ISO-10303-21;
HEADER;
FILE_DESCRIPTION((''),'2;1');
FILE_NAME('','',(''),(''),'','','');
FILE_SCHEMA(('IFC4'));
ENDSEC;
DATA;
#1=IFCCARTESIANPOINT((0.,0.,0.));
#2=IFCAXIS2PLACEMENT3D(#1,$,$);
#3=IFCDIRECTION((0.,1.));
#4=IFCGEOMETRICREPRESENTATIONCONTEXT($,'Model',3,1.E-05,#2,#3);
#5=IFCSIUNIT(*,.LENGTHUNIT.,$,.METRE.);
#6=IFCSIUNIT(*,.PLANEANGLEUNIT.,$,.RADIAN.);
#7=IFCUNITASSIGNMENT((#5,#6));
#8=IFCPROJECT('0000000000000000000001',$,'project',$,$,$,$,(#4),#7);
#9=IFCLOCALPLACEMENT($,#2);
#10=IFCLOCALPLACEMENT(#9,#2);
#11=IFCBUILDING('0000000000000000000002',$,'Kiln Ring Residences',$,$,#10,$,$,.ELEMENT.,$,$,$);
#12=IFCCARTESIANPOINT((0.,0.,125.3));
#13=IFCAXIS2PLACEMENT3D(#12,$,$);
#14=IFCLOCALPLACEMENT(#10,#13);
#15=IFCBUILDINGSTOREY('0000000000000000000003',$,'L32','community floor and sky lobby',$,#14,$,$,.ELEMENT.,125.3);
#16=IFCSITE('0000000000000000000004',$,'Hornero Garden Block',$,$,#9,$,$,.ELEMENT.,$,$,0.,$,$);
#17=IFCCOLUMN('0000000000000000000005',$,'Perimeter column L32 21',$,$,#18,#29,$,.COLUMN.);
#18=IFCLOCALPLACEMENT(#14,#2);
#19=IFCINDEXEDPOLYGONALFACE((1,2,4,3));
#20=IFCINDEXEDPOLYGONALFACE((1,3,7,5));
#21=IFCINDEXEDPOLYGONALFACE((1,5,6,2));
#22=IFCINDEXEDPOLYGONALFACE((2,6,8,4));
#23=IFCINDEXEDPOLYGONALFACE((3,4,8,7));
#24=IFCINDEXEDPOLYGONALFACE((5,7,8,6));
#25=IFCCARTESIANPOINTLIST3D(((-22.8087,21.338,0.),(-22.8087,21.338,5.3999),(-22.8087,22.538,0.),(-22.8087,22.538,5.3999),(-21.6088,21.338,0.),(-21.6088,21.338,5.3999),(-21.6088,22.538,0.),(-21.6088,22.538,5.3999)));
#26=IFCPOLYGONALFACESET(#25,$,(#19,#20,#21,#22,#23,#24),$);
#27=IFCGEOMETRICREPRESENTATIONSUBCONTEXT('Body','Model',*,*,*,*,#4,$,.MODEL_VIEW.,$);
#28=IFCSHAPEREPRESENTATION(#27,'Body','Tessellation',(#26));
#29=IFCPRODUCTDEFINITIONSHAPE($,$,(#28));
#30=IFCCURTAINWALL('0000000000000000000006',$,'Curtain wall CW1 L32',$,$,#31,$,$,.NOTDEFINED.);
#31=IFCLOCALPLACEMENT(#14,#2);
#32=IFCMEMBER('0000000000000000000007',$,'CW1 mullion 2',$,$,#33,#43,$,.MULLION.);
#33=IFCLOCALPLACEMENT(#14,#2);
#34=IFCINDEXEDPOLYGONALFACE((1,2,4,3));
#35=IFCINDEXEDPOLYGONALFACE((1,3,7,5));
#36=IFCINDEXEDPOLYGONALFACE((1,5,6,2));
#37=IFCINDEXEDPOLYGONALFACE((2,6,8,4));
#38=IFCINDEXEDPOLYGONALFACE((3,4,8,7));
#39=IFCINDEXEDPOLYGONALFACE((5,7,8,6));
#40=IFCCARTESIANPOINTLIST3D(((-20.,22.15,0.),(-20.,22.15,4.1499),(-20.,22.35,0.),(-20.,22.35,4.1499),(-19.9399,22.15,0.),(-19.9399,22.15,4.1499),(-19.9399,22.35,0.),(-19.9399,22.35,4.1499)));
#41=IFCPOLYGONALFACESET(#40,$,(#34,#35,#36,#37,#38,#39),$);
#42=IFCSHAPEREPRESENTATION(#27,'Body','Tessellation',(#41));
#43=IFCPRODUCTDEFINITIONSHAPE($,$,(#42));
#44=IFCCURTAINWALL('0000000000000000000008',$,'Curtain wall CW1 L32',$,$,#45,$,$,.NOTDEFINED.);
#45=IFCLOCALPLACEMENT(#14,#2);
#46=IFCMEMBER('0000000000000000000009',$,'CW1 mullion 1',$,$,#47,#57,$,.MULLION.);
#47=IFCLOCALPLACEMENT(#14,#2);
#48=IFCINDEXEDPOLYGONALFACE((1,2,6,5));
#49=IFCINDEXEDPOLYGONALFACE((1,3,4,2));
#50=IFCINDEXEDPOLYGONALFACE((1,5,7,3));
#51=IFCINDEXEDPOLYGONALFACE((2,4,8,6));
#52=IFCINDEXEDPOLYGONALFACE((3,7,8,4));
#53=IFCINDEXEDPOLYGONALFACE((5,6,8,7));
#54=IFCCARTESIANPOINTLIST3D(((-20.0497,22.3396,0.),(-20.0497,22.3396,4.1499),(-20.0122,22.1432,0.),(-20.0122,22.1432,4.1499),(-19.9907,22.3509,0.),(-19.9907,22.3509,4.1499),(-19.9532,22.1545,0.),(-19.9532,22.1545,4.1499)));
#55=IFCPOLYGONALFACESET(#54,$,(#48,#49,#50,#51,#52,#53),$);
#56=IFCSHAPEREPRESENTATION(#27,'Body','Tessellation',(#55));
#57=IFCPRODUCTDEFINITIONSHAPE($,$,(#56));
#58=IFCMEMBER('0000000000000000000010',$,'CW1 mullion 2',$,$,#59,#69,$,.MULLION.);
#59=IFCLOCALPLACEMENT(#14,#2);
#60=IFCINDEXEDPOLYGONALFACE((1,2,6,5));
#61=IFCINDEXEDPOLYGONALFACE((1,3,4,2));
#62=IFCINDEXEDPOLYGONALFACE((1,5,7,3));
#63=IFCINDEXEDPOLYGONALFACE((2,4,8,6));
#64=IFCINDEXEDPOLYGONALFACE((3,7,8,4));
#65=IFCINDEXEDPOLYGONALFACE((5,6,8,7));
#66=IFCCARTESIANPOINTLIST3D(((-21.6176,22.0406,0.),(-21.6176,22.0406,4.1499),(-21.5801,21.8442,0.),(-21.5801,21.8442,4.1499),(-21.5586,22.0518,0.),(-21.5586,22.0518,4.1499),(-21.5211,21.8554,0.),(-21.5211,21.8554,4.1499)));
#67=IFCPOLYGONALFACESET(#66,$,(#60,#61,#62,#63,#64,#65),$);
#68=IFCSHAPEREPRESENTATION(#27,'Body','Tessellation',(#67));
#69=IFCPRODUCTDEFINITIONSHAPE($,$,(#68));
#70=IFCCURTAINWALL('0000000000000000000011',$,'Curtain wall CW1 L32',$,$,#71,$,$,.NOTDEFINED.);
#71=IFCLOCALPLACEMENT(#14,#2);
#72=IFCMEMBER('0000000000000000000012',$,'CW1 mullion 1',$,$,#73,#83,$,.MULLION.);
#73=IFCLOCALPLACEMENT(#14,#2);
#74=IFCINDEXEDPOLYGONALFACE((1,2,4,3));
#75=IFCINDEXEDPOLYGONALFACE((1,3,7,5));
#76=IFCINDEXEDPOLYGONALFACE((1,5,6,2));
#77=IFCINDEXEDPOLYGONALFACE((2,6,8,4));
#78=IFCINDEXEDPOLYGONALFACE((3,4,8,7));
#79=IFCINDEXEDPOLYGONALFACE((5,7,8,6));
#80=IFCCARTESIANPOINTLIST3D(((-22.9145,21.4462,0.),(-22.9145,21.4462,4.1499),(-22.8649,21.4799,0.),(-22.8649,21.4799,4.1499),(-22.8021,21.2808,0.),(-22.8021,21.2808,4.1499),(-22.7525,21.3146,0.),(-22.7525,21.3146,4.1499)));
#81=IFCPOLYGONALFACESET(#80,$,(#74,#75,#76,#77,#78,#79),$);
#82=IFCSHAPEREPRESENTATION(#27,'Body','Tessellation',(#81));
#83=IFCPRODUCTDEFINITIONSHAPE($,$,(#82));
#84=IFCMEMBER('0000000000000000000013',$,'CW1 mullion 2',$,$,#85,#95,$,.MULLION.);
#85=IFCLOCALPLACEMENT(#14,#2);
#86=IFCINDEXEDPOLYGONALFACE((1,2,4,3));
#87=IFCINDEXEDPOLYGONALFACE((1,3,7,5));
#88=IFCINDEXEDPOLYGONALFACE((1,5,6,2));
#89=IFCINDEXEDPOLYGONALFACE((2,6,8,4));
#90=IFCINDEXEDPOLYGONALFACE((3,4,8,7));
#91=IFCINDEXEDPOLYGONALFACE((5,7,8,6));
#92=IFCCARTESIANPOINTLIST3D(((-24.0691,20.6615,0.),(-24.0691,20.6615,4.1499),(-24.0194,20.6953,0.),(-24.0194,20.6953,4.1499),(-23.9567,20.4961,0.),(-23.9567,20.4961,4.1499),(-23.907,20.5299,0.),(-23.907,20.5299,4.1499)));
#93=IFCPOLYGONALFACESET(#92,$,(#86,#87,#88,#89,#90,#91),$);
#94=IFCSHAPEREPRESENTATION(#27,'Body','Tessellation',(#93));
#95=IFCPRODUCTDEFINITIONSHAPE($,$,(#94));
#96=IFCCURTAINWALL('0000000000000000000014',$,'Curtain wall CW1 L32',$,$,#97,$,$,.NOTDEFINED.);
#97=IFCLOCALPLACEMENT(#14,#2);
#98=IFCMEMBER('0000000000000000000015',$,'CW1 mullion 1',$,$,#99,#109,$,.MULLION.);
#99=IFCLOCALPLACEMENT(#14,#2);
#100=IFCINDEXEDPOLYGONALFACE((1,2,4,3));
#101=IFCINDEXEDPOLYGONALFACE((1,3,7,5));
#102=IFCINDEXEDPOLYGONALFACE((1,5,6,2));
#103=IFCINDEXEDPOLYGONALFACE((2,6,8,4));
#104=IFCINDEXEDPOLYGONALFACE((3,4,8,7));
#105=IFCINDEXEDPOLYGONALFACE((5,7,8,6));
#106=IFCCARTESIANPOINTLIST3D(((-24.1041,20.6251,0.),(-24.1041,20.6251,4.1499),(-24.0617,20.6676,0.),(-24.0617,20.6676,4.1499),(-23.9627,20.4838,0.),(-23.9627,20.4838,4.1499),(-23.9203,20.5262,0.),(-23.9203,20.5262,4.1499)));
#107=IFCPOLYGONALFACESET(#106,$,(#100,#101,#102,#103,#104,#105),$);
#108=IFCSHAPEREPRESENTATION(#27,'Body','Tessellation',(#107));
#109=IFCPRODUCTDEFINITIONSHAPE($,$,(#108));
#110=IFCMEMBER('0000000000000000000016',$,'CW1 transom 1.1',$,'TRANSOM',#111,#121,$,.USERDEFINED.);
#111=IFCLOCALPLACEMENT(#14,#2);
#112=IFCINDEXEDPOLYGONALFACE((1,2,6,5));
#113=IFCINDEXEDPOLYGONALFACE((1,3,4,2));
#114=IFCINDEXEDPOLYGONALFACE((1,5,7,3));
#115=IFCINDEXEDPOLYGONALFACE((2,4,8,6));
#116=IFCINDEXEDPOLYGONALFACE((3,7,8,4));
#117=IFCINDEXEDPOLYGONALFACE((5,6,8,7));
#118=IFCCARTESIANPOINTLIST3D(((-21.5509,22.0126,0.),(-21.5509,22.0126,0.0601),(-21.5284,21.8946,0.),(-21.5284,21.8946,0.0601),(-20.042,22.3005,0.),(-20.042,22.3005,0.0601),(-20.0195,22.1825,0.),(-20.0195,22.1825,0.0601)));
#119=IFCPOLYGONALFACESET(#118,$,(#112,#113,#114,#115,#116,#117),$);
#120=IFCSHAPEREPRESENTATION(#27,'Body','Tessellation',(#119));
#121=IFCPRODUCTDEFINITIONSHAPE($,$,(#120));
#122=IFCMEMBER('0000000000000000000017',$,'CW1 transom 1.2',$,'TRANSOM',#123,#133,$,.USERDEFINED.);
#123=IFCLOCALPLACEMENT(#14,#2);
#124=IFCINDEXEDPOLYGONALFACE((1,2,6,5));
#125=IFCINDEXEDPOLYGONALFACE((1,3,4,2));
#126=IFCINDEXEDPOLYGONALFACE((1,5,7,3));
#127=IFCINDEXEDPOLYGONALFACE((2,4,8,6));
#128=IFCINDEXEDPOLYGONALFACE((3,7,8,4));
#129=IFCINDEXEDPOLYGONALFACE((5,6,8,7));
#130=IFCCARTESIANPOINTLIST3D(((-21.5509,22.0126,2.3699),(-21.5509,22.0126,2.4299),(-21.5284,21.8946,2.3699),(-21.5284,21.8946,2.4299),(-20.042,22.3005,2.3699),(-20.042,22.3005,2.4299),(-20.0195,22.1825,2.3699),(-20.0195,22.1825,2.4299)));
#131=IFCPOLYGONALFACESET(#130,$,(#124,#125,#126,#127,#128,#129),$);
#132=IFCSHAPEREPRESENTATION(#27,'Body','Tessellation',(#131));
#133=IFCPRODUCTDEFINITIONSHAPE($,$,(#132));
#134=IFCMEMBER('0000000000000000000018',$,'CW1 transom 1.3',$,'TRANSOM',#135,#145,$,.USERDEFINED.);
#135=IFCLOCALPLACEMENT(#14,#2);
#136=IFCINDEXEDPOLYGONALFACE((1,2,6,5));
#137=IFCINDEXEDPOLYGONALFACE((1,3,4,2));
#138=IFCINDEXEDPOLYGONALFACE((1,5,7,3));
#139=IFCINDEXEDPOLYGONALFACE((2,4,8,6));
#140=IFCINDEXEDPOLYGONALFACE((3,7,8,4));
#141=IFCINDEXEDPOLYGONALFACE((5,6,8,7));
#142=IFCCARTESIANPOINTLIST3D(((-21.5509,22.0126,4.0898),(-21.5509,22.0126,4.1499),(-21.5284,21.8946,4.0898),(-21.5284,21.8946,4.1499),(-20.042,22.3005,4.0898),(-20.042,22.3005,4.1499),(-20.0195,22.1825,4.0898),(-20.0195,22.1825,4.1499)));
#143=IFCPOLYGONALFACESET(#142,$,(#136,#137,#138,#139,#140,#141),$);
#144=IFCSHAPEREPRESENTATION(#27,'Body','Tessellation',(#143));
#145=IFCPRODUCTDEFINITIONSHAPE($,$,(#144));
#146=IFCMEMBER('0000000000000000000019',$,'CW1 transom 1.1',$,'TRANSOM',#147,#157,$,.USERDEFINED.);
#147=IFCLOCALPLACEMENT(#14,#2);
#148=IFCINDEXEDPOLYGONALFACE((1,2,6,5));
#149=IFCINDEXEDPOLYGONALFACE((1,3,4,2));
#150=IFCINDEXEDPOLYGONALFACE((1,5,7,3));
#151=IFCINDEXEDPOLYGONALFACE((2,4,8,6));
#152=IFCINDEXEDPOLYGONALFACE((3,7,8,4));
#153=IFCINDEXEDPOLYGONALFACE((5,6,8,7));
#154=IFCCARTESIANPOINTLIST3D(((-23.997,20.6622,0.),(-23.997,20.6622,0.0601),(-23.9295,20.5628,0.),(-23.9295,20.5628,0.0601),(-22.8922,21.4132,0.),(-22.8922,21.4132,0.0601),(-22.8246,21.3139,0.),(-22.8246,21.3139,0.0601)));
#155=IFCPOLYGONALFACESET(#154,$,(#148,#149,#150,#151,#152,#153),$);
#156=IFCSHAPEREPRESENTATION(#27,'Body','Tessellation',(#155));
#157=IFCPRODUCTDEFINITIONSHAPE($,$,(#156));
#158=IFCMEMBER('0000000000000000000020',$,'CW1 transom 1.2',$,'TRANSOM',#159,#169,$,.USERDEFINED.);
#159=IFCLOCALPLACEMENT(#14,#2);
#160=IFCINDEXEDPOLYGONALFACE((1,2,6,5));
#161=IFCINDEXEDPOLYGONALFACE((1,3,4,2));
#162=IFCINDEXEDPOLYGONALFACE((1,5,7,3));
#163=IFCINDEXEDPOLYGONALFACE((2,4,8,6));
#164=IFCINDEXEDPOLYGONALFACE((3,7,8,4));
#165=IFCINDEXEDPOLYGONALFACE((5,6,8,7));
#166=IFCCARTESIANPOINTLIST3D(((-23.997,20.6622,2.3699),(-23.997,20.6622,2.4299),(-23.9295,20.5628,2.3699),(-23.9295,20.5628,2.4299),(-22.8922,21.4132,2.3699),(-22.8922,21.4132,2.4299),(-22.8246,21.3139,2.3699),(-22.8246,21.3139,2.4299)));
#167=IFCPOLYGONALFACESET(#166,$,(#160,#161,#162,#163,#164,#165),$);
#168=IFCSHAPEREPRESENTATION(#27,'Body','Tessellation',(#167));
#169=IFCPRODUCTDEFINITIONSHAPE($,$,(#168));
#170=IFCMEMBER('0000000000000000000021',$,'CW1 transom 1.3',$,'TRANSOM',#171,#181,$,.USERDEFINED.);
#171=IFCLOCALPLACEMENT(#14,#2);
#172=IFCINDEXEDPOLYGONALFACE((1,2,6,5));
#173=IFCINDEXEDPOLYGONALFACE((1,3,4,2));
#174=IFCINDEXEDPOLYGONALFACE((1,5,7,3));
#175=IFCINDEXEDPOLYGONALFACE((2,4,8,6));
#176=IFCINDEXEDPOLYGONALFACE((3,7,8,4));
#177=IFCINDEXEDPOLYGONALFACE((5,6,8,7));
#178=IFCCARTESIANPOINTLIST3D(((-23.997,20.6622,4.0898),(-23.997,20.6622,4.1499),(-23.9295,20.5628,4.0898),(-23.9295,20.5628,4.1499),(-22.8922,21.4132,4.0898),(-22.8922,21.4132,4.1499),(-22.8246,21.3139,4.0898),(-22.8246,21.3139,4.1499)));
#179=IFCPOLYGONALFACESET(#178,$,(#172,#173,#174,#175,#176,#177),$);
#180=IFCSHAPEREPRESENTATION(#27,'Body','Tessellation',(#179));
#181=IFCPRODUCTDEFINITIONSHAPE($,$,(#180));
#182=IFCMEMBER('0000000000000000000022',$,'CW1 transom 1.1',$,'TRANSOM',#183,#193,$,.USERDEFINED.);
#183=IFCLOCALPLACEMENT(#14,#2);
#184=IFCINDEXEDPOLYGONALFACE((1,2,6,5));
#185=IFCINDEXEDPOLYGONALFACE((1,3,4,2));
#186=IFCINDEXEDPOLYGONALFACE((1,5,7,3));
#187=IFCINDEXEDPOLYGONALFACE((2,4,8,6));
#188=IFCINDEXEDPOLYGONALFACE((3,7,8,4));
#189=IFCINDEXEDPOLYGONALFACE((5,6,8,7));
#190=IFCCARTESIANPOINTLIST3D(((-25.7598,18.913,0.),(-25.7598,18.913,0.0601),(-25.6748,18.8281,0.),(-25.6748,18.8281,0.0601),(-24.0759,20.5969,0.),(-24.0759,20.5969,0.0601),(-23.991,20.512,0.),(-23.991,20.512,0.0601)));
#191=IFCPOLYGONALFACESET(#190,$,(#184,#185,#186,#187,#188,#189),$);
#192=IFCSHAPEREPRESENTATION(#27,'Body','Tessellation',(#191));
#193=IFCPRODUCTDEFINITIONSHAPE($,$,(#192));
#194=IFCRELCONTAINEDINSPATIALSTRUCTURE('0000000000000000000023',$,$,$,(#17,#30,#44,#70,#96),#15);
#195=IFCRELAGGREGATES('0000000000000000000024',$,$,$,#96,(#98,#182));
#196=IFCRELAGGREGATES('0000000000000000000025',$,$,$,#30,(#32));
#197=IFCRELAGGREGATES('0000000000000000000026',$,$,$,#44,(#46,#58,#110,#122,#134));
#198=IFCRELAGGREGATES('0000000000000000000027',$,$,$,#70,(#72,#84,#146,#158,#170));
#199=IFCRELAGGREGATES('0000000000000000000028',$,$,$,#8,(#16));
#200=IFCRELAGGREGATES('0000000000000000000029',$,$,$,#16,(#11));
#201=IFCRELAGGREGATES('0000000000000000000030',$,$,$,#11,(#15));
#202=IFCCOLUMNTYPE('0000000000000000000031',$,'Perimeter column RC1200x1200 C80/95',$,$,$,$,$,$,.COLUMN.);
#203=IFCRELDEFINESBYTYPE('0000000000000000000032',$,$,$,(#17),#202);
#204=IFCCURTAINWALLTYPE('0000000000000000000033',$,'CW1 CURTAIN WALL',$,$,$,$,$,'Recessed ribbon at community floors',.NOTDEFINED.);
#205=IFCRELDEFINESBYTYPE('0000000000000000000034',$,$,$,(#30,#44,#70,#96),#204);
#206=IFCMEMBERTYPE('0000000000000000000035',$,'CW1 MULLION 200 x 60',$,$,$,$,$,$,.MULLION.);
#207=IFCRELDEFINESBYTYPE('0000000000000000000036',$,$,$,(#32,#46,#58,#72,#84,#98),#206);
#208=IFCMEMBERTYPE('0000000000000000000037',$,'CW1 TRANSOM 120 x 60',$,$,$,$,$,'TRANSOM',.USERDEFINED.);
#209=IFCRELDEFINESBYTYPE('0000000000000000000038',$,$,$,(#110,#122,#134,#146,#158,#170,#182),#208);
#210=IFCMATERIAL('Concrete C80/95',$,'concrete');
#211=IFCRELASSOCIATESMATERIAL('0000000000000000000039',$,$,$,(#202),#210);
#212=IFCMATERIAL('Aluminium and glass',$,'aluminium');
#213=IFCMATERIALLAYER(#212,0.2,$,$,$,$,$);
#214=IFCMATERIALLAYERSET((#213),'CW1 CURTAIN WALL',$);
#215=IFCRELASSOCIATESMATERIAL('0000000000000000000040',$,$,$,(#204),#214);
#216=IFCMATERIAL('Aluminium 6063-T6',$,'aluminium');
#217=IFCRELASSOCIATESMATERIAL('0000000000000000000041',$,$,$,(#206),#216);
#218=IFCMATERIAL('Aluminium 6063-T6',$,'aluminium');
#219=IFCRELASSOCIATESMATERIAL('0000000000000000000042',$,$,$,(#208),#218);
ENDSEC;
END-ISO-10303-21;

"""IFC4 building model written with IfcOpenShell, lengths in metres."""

from ifc_helpers import new_model, si_unit, direction, frame, origin, origin_2d, place, context, subcontext, project, spatial, rectangle, extrude, material, layer, layer_set, material_profile, profile_set, type_object, element, aggregate, save


model = new_model("IFC4")

# Units and contexts
model_context = context("Model", 3, precision=1e-05, world=origin(), true_north=direction((0.0, 1.0)))
body_context = subcontext(model_context, "Body", "Model", "MODEL_VIEW")
ifc_project = project(units=[si_unit("LENGTHUNIT", "METRE"), si_unit("PLANEANGLEUNIT", "RADIAN")], contexts=[model_context])

# Site, building, storey
site_placement = place(None, origin())
site = spatial("IfcSite", under=ifc_project, at=site_placement, Name="Hornero Garden Block", CompositionType="ELEMENT", RefElevation=0.0)
building_placement = place(site_placement, origin())
building = spatial("IfcBuilding", under=site, at=building_placement, Name="Kiln Ring Residences", CompositionType="ELEMENT")
storey_placement = place(building_placement, frame((0.0, 0.0, 125.3)))
storey = spatial("IfcBuildingStorey", under=building, at=storey_placement, Name="L32", Description="community floor and sky lobby", CompositionType="ELEMENT", Elevation=125.3)

# Column
ifc_material_1 = material(Name="Concrete C80/95", Category="concrete")
ifc_material_profile_1 = material_profile(ifc_material_1, rectangle(XDim=1.2, YDim=1.2, at=origin_2d()), Name="RC1200x1200")
ifc_profile_set_1 = profile_set([ifc_material_profile_1], Name="Concrete C80/95")
column_type = type_object("IfcColumnType", Name="Perimeter column RC1200x1200 C80/95", PredefinedType="COLUMN", material=ifc_profile_set_1)
column_placement = place(storey_placement, frame((-22.2087, 21.938, 0.0), z_axis=(0.0, 0.0, 1.0), x_axis=(1.0, 0.0, 0.0)))
element("IfcColumn", 1, at=column_placement, inside=storey, type_object=column_type, Name="Perimeter column L32 21", PredefinedType="COLUMN", context=body_context, shape_type="SweptSolid", body=[
    extrude(rectangle(XDim=1.2, YDim=1.2, at=origin_2d()), origin(), (0.0, 0.0, 1.0), 5.3999),
])

# Curtain wall, member
ifc_material_2 = material(Name="Aluminium and glass", Category="aluminium")
ifc_layer_1 = layer(ifc_material_2, 0.2)
ifc_layer_set_1 = layer_set([ifc_layer_1], Name="CW1 CURTAIN WALL")
curtain_wall_type = type_object("IfcCurtainWallType", Name="CW1 CURTAIN WALL", ElementType="Recessed ribbon at community floors", PredefinedType="NOTDEFINED", material=ifc_layer_set_1)
placement = place(storey_placement, origin())
curtain_wall_1 = element("IfcCurtainWall", 2, at=placement, inside=storey, type_object=curtain_wall_type, Name="Curtain wall CW1 L32", PredefinedType="NOTDEFINED")
ifc_material_3 = material(Name="Aluminium 6063-T6", Category="aluminium")
ifc_material_profile_2 = material_profile(ifc_material_3, rectangle(XDim=0.2, YDim=0.0601, at=origin_2d()), Name="AL 200x60")
ifc_profile_set_2 = profile_set([ifc_material_profile_2], Name="Aluminium 6063-T6")
member_type_1 = type_object("IfcMemberType", Name="CW1 MULLION 200 x 60", PredefinedType="MULLION", material=ifc_profile_set_2)
member_1_placement = place(storey_placement, frame((-19.97, 22.25, 0.0), z_axis=(0.0, 0.0, 1.0), x_axis=(0.0, -1.0, 0.0)))
member_1 = element("IfcMember", 3, at=member_1_placement, type_object=member_type_1, Name="CW1 mullion 2", PredefinedType="MULLION", context=body_context, shape_type="SweptSolid", body=[
    extrude(rectangle(XDim=0.2, YDim=0.0601, at=origin_2d()), origin(), (0.0, 0.0, 1.0), 4.1499),
])

# Curtain walls, members
curtain_wall_2 = element("IfcCurtainWall", 4, at=placement, inside=storey, type_object=curtain_wall_type, Name="Curtain wall CW1 L32", PredefinedType="NOTDEFINED")
member_2_placement = place(storey_placement, frame((-20.0015, 22.2471, 0.0), z_axis=(0.0, 0.0, 1.0), x_axis=(0.187366, -0.98229, 0.0)))
member_2 = element("IfcMember", 5, at=member_2_placement, type_object=member_type_1, Name="CW1 mullion 1", PredefinedType="MULLION", context=body_context, shape_type="SweptSolid", body=[
    extrude(rectangle(XDim=0.2, YDim=0.0601, at=origin_2d()), origin(), (0.0, 0.0, 1.0), 4.1499),
])
member_3_placement = place(storey_placement, frame((-21.5693, 21.948, 0.0), z_axis=(0.0, 0.0, 1.0), x_axis=(0.187366, -0.98229, 0.0)))
member_3 = element("IfcMember", 6, at=member_3_placement, type_object=member_type_1, Name="CW1 mullion 2", PredefinedType="MULLION", context=body_context, shape_type="SweptSolid", body=[
    extrude(rectangle(XDim=0.2, YDim=0.0601, at=origin_2d()), origin(), (0.0, 0.0, 1.0), 4.1499),
])
curtain_wall_3 = element("IfcCurtainWall", 7, at=placement, inside=storey, type_object=curtain_wall_type, Name="Curtain wall CW1 L32", PredefinedType="NOTDEFINED")
member_4_placement = place(storey_placement, frame((-22.8335, 21.3804, 0.0), z_axis=(0.0, 0.0, 1.0), x_axis=(0.562097, -0.827072, 0.0)))
member_4 = element("IfcMember", 8, at=member_4_placement, type_object=member_type_1, Name="CW1 mullion 1", PredefinedType="MULLION", context=body_context, shape_type="SweptSolid", body=[
    extrude(rectangle(XDim=0.2, YDim=0.0601, at=origin_2d()), origin(), (0.0, 0.0, 1.0), 4.1499),
])
member_5_placement = place(storey_placement, frame((-23.988, 20.5957, 0.0), z_axis=(0.0, 0.0, 1.0), x_axis=(0.562097, -0.827072, 0.0)))
member_5 = element("IfcMember", 9, at=member_5_placement, type_object=member_type_1, Name="CW1 mullion 2", PredefinedType="MULLION", context=body_context, shape_type="SweptSolid", body=[
    extrude(rectangle(XDim=0.2, YDim=0.0601, at=origin_2d()), origin(), (0.0, 0.0, 1.0), 4.1499),
])

# Curtain wall, member
curtain_wall_4 = element("IfcCurtainWall", 10, at=placement, inside=storey, type_object=curtain_wall_type, Name="Curtain wall CW1 L32", PredefinedType="NOTDEFINED")
member_6_placement = place(storey_placement, frame((-24.0122, 20.5757, 0.0), z_axis=(0.0, 0.0, 1.0), x_axis=(0.707107, -0.707107, 0.0)))
member_6 = element("IfcMember", 11, at=member_6_placement, type_object=member_type_1, Name="CW1 mullion 1", PredefinedType="MULLION", context=body_context, shape_type="SweptSolid", body=[
    extrude(rectangle(XDim=0.2, YDim=0.0601, at=origin_2d()), origin(), (0.0, 0.0, 1.0), 4.1499),
])

# Members
ifc_material_4 = material(Name="Aluminium 6063-T6", Category="aluminium")
ifc_material_profile_3 = material_profile(ifc_material_4, rectangle(XDim=0.1201, YDim=0.0601, at=origin_2d()), Name="AL 120x60")
ifc_profile_set_3 = profile_set([ifc_material_profile_3], Name="Aluminium 6063-T6")
member_type_2 = type_object("IfcMemberType", Name="CW1 TRANSOM 120 x 60", ElementType="TRANSOM", PredefinedType="USERDEFINED", material=ifc_profile_set_3)
member_7_placement = place(storey_placement, frame((-20.0308, 22.2415, 0.03), z_axis=(-0.98229, -0.187368, 0.0), x_axis=(0.187368, -0.98229, 0.0)))
member_7 = element("IfcMember", 12, at=member_7_placement, type_object=member_type_2, Name="CW1 transom 1.1", ObjectType="TRANSOM", PredefinedType="USERDEFINED", context=body_context, shape_type="SweptSolid", body=[
    extrude(rectangle(XDim=0.1201, YDim=0.0601, at=origin_2d()), origin(), (0.0, 0.0, 1.0), 1.5361),
])
member_8_placement = place(storey_placement, frame((-20.0308, 22.2415, 2.3999), z_axis=(-0.98229, -0.187368, 0.0), x_axis=(0.187368, -0.98229, 0.0)))
member_8 = element("IfcMember", 13, at=member_8_placement, type_object=member_type_2, Name="CW1 transom 1.2", ObjectType="TRANSOM", PredefinedType="USERDEFINED", context=body_context, shape_type="SweptSolid", body=[
    extrude(rectangle(XDim=0.1201, YDim=0.0601, at=origin_2d()), origin(), (0.0, 0.0, 1.0), 1.5361),
])
member_9_placement = place(storey_placement, frame((-20.0308, 22.2415, 4.1199), z_axis=(-0.98229, -0.187368, 0.0), x_axis=(0.187368, -0.98229, 0.0)))
member_9 = element("IfcMember", 14, at=member_9_placement, type_object=member_type_2, Name="CW1 transom 1.3", ObjectType="TRANSOM", PredefinedType="USERDEFINED", context=body_context, shape_type="SweptSolid", body=[
    extrude(rectangle(XDim=0.1201, YDim=0.0601, at=origin_2d()), origin(), (0.0, 0.0, 1.0), 1.5361),
])
member_10_placement = place(storey_placement, frame((-22.8584, 21.3635, 0.03), z_axis=(-0.827011, -0.562185, 0.0), x_axis=(0.562185, -0.827011, 0.0)))
member_10 = element("IfcMember", 15, at=member_10_placement, type_object=member_type_2, Name="CW1 transom 1.1", ObjectType="TRANSOM", PredefinedType="USERDEFINED", context=body_context, shape_type="SweptSolid", body=[
    extrude(rectangle(XDim=0.1201, YDim=0.0601, at=origin_2d()), origin(), (0.0, 0.0, 1.0), 1.3359),
])
member_11_placement = place(storey_placement, frame((-22.8584, 21.3635, 2.3999), z_axis=(-0.827011, -0.562185, 0.0), x_axis=(0.562185, -0.827011, 0.0)))
member_11 = element("IfcMember", 16, at=member_11_placement, type_object=member_type_2, Name="CW1 transom 1.2", ObjectType="TRANSOM", PredefinedType="USERDEFINED", context=body_context, shape_type="SweptSolid", body=[
    extrude(rectangle(XDim=0.1201, YDim=0.0601, at=origin_2d()), origin(), (0.0, 0.0, 1.0), 1.3359),
])
member_12_placement = place(storey_placement, frame((-22.8584, 21.3635, 4.1199), z_axis=(-0.827011, -0.562185, 0.0), x_axis=(0.562185, -0.827011, 0.0)))
member_12 = element("IfcMember", 17, at=member_12_placement, type_object=member_type_2, Name="CW1 transom 1.3", ObjectType="TRANSOM", PredefinedType="USERDEFINED", context=body_context, shape_type="SweptSolid", body=[
    extrude(rectangle(XDim=0.1201, YDim=0.0601, at=origin_2d()), origin(), (0.0, 0.0, 1.0), 1.3359),
])
member_13_placement = place(storey_placement, frame((-24.0334, 20.5544, 0.03), z_axis=(-0.707107, -0.707107, 0.0), x_axis=(0.707107, -0.707107, 0.0)))
member_13 = element("IfcMember", 18, at=member_13_placement, type_object=member_type_2, Name="CW1 transom 1.1", ObjectType="TRANSOM", PredefinedType="USERDEFINED", context=body_context, shape_type="SweptSolid", body=[
    extrude(rectangle(XDim=0.1201, YDim=0.0601, at=origin_2d()), origin(), (0.0, 0.0, 1.0), 2.3813),
])
aggregate(curtain_wall_4, [member_6, member_13])

aggregate(curtain_wall_1, [member_1])
aggregate(curtain_wall_2, [member_2, member_3, member_7, member_8, member_9])
aggregate(curtain_wall_3, [member_4, member_5, member_10, member_11, member_12])

save(model, "model.ifc")
